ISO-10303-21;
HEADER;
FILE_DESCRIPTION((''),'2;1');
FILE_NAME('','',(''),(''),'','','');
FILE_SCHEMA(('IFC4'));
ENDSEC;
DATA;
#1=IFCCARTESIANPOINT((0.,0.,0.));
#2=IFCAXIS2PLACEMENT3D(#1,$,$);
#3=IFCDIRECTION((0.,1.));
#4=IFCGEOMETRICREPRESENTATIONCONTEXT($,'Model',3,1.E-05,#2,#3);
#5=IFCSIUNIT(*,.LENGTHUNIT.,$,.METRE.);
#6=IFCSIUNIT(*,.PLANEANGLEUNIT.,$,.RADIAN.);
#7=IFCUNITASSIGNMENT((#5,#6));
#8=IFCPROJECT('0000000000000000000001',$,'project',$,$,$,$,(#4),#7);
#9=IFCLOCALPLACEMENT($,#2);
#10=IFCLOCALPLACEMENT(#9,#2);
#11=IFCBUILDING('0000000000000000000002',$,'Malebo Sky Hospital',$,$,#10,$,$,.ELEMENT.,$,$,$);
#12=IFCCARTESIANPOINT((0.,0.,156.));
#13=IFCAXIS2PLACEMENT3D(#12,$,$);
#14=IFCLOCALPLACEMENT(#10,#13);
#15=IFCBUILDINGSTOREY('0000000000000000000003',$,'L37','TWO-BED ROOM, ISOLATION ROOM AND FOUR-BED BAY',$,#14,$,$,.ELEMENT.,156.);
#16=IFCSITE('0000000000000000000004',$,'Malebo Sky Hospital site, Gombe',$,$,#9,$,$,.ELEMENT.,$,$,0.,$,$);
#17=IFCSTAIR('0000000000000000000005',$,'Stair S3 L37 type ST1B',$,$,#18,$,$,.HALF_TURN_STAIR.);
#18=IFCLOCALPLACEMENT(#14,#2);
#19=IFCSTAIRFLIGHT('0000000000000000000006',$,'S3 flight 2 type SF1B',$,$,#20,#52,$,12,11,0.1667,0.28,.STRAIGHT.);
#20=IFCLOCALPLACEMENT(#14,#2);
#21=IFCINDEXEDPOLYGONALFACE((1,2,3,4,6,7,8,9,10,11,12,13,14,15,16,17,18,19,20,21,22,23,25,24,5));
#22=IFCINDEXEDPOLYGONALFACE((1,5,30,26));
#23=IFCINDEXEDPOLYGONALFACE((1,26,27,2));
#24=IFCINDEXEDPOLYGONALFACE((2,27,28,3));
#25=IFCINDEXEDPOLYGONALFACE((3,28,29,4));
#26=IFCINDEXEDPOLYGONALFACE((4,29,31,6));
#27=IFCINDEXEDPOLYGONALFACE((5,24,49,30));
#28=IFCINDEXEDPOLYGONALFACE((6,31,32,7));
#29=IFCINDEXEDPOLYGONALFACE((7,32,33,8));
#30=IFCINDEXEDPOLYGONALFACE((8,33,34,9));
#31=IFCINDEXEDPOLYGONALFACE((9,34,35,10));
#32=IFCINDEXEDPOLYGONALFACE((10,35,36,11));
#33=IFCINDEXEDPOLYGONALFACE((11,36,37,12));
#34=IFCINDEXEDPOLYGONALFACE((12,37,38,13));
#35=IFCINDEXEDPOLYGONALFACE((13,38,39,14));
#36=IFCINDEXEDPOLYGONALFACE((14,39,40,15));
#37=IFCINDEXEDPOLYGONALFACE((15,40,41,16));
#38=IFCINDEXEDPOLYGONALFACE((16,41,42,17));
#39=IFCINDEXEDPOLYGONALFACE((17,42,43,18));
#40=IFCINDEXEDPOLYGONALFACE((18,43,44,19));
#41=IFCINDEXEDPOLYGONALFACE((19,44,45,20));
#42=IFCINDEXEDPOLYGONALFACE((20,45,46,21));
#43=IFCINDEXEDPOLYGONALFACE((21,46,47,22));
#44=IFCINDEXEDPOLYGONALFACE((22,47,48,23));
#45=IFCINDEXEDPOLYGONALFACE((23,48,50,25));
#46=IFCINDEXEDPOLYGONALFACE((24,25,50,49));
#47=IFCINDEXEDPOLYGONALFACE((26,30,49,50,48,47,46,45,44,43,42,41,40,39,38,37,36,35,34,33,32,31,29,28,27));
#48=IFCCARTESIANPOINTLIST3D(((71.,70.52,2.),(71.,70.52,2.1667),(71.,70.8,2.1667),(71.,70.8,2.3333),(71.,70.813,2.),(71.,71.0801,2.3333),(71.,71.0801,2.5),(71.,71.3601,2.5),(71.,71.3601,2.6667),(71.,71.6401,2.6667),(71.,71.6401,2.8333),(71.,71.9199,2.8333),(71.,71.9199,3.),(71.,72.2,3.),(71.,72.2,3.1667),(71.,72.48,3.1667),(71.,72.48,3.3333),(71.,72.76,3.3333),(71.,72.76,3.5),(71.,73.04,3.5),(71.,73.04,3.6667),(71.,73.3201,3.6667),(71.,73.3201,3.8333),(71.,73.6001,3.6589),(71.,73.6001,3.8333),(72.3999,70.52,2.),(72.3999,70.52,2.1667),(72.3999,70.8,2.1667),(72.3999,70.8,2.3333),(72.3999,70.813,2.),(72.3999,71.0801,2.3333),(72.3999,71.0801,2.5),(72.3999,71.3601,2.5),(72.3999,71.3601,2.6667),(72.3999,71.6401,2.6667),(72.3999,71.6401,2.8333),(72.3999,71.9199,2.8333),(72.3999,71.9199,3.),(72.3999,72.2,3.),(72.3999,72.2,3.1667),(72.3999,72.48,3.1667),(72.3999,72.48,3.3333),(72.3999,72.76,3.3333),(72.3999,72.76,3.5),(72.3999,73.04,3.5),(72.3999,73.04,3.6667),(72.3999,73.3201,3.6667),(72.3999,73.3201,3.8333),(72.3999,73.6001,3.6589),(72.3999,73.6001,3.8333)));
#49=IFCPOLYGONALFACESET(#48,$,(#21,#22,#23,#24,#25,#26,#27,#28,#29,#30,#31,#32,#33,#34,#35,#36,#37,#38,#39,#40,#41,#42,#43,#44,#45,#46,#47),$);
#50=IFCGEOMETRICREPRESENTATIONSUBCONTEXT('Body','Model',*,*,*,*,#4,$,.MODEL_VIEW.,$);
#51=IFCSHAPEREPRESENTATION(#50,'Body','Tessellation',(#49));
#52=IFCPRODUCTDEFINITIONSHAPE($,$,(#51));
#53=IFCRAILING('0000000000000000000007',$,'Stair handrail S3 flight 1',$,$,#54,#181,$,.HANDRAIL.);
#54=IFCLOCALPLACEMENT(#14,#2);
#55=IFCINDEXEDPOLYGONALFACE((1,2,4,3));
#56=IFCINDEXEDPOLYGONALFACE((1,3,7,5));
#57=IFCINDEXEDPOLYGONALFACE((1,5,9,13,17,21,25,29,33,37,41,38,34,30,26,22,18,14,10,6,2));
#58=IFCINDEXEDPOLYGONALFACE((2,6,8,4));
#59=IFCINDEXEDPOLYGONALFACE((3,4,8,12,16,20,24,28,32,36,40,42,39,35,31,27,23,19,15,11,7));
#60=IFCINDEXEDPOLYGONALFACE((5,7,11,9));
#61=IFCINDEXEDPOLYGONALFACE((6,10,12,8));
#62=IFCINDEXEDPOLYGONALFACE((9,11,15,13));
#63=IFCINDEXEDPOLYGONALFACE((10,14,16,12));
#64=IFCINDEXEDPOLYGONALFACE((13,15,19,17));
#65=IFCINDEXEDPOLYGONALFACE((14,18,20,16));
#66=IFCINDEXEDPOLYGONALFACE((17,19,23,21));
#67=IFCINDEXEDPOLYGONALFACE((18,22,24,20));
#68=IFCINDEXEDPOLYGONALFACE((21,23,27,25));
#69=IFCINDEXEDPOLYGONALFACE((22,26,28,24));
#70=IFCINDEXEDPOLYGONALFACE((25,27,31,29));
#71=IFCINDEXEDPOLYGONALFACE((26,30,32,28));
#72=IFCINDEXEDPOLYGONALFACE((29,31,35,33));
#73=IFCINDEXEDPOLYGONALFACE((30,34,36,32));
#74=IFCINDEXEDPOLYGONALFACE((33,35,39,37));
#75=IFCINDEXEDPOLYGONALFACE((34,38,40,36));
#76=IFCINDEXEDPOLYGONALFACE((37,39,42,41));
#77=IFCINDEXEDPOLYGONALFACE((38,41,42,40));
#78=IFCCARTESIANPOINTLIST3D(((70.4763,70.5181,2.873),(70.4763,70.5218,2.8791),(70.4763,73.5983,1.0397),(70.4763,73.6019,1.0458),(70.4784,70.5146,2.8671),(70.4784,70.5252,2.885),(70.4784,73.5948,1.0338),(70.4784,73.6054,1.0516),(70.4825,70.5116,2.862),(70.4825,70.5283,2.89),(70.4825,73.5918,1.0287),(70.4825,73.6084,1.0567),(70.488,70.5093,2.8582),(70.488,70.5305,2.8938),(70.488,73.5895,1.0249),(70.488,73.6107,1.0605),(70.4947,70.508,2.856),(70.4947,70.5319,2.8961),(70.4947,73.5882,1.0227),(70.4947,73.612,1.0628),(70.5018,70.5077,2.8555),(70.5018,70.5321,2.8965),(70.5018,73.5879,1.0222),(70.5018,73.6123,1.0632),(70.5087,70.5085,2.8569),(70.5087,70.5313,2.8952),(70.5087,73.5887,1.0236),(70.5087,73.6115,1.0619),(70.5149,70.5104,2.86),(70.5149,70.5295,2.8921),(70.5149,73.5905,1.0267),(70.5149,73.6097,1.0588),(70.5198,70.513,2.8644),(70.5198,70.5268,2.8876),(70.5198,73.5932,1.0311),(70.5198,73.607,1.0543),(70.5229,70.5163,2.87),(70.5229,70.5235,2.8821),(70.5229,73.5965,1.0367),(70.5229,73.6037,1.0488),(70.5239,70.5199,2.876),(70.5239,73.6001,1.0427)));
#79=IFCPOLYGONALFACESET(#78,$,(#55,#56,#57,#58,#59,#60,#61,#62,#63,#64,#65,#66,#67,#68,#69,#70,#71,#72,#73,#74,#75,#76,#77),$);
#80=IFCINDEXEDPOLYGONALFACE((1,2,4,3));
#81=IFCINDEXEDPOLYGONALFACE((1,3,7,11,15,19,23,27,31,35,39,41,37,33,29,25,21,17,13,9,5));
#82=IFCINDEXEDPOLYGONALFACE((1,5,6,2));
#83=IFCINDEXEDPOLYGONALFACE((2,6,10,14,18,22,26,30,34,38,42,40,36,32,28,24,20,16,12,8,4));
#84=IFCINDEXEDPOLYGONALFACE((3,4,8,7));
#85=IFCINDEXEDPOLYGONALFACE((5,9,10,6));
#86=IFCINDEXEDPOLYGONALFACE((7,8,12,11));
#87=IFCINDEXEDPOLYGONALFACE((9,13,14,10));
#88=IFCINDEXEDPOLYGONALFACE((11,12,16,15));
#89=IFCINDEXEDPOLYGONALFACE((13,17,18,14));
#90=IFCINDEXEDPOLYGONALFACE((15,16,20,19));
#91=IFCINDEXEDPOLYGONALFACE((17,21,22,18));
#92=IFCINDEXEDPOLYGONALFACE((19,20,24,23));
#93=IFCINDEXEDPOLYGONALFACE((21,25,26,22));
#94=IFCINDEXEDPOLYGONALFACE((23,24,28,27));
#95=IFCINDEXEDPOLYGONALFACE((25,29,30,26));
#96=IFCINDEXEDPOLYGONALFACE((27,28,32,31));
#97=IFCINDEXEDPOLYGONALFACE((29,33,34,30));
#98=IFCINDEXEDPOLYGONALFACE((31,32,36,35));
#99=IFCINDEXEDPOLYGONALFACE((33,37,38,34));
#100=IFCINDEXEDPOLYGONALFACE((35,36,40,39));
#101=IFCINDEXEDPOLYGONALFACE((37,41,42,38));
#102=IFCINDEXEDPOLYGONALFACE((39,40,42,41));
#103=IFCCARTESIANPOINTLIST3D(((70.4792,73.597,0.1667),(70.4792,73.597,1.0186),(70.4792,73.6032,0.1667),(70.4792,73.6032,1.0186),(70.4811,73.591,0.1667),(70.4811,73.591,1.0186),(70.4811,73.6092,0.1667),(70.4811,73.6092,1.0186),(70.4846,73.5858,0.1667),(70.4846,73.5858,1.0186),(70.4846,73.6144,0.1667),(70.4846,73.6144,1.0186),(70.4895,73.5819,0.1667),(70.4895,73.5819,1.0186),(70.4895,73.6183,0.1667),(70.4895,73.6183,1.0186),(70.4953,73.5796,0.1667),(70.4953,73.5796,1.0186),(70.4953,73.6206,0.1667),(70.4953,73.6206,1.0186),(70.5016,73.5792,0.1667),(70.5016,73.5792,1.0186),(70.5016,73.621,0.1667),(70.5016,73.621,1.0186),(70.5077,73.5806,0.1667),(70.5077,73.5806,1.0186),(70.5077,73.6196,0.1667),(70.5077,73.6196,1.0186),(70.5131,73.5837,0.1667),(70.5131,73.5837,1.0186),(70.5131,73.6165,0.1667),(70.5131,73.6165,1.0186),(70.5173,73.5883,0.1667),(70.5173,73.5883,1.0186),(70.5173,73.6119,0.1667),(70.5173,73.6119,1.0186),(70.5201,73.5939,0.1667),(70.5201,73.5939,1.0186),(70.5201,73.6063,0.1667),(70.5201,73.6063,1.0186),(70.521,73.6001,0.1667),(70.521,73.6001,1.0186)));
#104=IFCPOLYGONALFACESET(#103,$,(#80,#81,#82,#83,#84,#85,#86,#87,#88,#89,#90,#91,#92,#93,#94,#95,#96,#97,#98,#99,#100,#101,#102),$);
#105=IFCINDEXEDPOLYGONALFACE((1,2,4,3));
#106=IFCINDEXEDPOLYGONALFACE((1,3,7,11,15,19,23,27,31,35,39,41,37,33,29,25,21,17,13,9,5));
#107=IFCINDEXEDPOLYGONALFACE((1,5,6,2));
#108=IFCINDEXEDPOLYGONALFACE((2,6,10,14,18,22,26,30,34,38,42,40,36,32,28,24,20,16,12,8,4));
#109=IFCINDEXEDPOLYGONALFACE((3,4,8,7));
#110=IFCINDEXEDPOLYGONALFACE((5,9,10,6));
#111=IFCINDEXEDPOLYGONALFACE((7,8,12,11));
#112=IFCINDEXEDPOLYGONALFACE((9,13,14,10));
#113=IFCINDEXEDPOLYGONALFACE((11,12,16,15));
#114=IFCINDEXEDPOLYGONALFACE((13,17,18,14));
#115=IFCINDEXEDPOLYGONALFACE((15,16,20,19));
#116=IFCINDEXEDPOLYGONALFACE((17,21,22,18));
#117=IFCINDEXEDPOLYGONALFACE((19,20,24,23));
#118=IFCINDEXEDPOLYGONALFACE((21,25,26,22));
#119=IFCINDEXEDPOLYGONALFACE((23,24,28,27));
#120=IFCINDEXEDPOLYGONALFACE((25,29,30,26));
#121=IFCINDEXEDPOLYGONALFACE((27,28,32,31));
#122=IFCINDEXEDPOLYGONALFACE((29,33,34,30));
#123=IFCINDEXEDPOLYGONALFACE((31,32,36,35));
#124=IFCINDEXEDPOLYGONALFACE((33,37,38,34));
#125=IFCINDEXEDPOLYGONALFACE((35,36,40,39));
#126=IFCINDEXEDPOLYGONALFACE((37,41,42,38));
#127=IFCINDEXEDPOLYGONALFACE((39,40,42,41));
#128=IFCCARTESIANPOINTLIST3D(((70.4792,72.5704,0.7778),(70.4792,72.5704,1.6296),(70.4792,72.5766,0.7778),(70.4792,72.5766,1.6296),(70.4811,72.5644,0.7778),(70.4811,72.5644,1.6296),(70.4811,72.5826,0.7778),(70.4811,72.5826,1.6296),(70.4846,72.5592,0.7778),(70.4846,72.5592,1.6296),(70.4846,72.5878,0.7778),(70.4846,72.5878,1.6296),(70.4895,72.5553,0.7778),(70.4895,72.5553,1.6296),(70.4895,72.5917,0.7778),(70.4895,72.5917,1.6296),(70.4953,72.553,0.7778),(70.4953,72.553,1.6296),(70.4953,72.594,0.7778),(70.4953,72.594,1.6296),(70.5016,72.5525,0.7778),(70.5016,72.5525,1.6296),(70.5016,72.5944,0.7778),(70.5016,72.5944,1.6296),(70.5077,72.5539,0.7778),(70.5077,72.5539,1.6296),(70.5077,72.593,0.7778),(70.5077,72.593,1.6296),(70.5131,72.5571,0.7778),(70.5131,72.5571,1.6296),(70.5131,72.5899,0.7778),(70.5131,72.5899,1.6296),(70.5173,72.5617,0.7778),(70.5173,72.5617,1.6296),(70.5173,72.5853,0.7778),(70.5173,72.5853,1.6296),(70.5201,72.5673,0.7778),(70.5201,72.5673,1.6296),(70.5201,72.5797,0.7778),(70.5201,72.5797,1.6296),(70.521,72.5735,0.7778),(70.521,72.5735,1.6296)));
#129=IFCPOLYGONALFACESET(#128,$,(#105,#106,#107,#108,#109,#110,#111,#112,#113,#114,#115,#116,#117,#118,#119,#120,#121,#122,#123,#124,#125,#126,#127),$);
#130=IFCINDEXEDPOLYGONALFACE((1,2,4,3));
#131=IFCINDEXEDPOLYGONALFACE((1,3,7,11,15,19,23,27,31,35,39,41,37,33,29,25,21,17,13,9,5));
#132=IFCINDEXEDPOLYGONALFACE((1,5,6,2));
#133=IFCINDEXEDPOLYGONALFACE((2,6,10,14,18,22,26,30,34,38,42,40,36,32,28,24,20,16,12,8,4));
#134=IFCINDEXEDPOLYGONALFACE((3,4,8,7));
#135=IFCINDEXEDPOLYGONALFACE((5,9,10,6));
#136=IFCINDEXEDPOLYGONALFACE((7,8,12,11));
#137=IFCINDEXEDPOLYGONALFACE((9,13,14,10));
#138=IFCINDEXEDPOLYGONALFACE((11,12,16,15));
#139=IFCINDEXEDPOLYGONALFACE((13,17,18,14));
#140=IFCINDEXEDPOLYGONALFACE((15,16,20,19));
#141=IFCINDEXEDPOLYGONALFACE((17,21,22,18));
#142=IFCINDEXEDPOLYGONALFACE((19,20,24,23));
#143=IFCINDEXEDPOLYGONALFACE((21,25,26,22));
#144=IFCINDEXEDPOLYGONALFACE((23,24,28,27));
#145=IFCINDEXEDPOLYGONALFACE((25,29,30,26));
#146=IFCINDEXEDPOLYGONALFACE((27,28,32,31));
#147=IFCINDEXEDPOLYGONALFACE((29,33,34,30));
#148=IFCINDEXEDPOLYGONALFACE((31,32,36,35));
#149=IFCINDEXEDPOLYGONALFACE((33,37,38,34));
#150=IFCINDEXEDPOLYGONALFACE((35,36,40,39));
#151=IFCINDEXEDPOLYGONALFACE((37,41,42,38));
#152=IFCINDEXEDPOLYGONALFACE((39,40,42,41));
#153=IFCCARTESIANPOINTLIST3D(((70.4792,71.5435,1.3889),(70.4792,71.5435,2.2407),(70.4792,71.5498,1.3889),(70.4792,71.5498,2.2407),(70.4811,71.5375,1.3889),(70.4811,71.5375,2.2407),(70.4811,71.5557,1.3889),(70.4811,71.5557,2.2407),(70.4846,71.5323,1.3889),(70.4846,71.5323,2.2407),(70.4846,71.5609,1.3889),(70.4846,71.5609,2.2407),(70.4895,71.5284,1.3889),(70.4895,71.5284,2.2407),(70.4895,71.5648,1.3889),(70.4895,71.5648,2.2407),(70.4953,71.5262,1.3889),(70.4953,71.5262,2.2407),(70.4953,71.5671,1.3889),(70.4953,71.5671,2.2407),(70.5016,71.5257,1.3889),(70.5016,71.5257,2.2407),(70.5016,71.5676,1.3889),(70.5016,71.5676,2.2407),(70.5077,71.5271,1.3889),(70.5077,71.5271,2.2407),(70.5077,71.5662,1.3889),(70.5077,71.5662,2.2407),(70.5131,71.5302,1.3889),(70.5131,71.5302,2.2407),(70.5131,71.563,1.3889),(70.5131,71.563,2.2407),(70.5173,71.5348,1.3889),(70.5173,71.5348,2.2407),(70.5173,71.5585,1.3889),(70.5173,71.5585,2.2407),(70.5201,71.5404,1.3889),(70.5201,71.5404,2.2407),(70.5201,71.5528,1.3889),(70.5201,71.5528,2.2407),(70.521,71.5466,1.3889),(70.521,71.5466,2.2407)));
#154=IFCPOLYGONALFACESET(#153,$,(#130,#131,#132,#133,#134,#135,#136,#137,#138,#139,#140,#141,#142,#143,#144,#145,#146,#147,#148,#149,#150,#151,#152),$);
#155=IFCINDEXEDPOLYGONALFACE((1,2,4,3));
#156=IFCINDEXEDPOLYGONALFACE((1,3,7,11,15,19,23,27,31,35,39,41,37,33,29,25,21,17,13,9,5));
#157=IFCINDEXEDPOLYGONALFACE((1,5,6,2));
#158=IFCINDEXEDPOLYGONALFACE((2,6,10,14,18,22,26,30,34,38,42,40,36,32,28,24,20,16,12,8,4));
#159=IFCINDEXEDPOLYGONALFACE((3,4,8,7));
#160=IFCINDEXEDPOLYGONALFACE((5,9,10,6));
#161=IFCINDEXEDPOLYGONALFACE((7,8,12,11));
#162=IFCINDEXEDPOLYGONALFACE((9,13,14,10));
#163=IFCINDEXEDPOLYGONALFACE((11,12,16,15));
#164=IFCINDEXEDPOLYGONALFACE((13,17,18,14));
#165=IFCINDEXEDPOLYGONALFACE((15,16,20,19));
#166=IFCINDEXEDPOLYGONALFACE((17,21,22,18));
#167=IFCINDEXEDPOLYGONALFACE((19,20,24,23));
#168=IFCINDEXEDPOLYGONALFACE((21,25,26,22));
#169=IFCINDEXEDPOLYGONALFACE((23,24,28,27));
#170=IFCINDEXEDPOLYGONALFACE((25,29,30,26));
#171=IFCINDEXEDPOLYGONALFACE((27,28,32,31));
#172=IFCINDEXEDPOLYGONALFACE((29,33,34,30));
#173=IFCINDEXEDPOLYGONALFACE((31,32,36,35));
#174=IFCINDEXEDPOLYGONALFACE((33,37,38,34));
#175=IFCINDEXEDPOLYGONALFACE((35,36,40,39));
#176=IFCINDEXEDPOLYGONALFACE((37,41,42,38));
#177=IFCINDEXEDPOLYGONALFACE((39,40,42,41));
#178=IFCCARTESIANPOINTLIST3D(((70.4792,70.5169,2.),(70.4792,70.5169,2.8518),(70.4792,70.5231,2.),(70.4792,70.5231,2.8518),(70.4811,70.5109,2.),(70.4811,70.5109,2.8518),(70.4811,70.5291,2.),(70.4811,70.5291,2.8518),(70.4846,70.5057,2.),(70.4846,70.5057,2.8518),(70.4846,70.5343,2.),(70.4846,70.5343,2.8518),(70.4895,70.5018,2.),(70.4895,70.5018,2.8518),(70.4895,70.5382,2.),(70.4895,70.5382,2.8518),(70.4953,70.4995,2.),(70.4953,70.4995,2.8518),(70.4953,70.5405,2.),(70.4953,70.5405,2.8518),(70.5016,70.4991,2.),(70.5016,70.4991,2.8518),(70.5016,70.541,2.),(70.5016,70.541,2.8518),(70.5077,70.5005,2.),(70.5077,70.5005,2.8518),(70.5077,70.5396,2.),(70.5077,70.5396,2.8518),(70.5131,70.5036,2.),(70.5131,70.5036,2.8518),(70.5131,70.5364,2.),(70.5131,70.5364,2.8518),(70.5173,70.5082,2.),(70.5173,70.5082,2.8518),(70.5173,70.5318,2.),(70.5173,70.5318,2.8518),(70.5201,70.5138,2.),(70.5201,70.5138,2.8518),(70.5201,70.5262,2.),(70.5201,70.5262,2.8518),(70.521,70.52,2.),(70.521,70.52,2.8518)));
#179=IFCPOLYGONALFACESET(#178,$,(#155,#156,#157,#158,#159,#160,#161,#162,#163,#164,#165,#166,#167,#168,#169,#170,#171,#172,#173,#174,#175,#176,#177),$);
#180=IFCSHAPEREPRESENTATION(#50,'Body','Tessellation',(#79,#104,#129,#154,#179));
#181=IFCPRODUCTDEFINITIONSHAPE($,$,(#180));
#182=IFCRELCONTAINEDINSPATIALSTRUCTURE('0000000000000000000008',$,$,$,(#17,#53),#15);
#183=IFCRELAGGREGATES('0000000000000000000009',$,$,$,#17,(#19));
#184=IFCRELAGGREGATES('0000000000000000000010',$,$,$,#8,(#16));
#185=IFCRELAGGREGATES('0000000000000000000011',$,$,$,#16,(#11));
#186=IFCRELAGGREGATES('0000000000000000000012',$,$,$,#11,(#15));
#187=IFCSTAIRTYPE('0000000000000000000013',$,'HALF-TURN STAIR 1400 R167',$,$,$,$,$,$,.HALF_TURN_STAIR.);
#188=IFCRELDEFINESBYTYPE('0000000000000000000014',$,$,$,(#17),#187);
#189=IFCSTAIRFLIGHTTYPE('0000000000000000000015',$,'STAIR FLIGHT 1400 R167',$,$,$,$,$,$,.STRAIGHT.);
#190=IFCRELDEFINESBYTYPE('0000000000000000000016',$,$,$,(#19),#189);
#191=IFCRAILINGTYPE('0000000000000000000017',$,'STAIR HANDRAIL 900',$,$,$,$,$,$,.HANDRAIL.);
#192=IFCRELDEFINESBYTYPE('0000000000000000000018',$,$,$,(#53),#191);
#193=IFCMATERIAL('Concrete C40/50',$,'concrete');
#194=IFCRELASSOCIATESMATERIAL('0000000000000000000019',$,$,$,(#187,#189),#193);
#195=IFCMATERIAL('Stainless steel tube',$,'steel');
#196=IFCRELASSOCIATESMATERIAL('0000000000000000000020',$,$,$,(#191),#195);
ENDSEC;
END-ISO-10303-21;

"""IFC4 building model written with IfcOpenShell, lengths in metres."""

from ifc_helpers import new_model, si_unit, direction, frame, origin, origin_2d, place, context, subcontext, project, spatial, polyline, circle, outline, extrude, material, type_object, element, aggregate, save


model = new_model("IFC4")

# Units and contexts
model_context = context("Model", 3, precision=1e-05, world=origin(), true_north=direction((0.0, 1.0)))
body_context = subcontext(model_context, "Body", "Model", "MODEL_VIEW")
ifc_project = project(units=[si_unit("LENGTHUNIT", "METRE"), si_unit("PLANEANGLEUNIT", "RADIAN")], contexts=[model_context])

# Site, building, storey
site_placement = place(None, origin())
site = spatial("IfcSite", under=ifc_project, at=site_placement, Name="Malebo Sky Hospital site, Gombe", CompositionType="ELEMENT", RefElevation=0.0)
building_placement = place(site_placement, origin())
building = spatial("IfcBuilding", under=site, at=building_placement, Name="Malebo Sky Hospital", CompositionType="ELEMENT")
storey_placement = place(building_placement, frame((0.0, 0.0, 156.0)))
storey = spatial("IfcBuildingStorey", under=building, at=storey_placement, Name="L37", Description="TWO-BED ROOM, ISOLATION ROOM AND FOUR-BED BAY", CompositionType="ELEMENT", Elevation=156.0)

# Shared definitions
ifc_material_1 = material(Name="Concrete C40/50", Category="concrete")

# Stair, stair flight
stair_type = type_object("IfcStairType", Name="HALF-TURN STAIR 1400 R167", PredefinedType="HALF_TURN_STAIR", material=ifc_material_1)
stair_placement = place(storey_placement, origin())
stair = element("IfcStair", 1, at=stair_placement, inside=storey, type_object=stair_type, Name="Stair S3 L37 type ST1B", PredefinedType="HALF_TURN_STAIR")
stair_flight_type = type_object("IfcStairFlightType", Name="STAIR FLIGHT 1400 R167", PredefinedType="STRAIGHT", material=ifc_material_1)
stair_flight_1_placement = place(storey_placement, frame((71.7, 70.52, 2.0), z_axis=(0.0, 0.0, 1.0), x_axis=(0.0, 1.0, 0.0)))
stair_flight_1 = element("IfcStairFlight", 2, at=stair_flight_1_placement, type_object=stair_flight_type, Name="S3 flight 2 type SF1B", NumberOfRisers=12, NumberOfTreads=11, PredefinedType="STRAIGHT", RiserHeight=0.1667, TreadLength=0.28, context=body_context, shape_type="SweptSolid", body=[
    extrude(outline(polyline([(0.0, 0.0), (0.0, 0.1667), (0.28, 0.1667), (0.28, 0.3333), (0.5601, 0.3333), (0.5601, 0.5), (0.8401, 0.5), (0.8401, 0.6667), (1.1201, 0.6667), (1.1201, 0.8333), (1.3999, 0.8333), (1.3999, 1.0), (1.6799, 1.0), (1.6799, 1.1667), (1.96, 1.1667), (1.96, 1.3333), (2.24, 1.3333), (2.24, 1.5), (2.52, 1.5), (2.52, 1.6667), (2.8, 1.6667), (2.8, 1.8333), (3.0801, 1.8333), (3.0801, 2.0), (3.0801, 1.6589), (0.293, 0.0), (0.0, 0.0)])), frame((0.0, 0.7, 0.0), z_axis=(0.0, -1.0, 0.0), x_axis=(1.0, 0.0, 0.0)), (0.0, 0.0, 1.0), 1.3999),
])
aggregate(stair, [stair_flight_1])

# Railing
ifc_material_2 = material(Name="Stainless steel tube", Category="steel")
railing_type = type_object("IfcRailingType", Name="STAIR HANDRAIL 900", PredefinedType="HANDRAIL", material=ifc_material_2)
railing_1_placement = place(storey_placement, frame((70.5, 73.6001, 0.1667)))
element("IfcRailing", 3, at=railing_1_placement, inside=storey, type_object=railing_type, Name="Stair handrail S3 flight 1", PredefinedType="HANDRAIL", context=body_context, shape_type="SweptSolid", body=[
    extrude(circle(Radius=0.0239, at=origin_2d()), frame((0.0, 0.0, 0.876), z_axis=(0.0, -0.859309, 0.511458), x_axis=(1.0, 0.0, 0.0)), (0.0, 0.0, 1.0), 3.5845),
    extrude(circle(Radius=0.021, at=origin_2d()), origin(), (0.0, 0.0, 1.0), 0.8518),
    extrude(circle(Radius=0.021, at=origin_2d()), frame((0.0, -1.0266, 0.6111)), (0.0, 0.0, 1.0), 0.8518),
    extrude(circle(Radius=0.021, at=origin_2d()), frame((0.0, -2.0535, 1.2222)), (0.0, 0.0, 1.0), 0.8518),
    extrude(circle(Radius=0.021, at=origin_2d()), frame((0.0, -3.0801, 1.8333)), (0.0, 0.0, 1.0), 0.8518),
])

save(model, "model.ifc")
